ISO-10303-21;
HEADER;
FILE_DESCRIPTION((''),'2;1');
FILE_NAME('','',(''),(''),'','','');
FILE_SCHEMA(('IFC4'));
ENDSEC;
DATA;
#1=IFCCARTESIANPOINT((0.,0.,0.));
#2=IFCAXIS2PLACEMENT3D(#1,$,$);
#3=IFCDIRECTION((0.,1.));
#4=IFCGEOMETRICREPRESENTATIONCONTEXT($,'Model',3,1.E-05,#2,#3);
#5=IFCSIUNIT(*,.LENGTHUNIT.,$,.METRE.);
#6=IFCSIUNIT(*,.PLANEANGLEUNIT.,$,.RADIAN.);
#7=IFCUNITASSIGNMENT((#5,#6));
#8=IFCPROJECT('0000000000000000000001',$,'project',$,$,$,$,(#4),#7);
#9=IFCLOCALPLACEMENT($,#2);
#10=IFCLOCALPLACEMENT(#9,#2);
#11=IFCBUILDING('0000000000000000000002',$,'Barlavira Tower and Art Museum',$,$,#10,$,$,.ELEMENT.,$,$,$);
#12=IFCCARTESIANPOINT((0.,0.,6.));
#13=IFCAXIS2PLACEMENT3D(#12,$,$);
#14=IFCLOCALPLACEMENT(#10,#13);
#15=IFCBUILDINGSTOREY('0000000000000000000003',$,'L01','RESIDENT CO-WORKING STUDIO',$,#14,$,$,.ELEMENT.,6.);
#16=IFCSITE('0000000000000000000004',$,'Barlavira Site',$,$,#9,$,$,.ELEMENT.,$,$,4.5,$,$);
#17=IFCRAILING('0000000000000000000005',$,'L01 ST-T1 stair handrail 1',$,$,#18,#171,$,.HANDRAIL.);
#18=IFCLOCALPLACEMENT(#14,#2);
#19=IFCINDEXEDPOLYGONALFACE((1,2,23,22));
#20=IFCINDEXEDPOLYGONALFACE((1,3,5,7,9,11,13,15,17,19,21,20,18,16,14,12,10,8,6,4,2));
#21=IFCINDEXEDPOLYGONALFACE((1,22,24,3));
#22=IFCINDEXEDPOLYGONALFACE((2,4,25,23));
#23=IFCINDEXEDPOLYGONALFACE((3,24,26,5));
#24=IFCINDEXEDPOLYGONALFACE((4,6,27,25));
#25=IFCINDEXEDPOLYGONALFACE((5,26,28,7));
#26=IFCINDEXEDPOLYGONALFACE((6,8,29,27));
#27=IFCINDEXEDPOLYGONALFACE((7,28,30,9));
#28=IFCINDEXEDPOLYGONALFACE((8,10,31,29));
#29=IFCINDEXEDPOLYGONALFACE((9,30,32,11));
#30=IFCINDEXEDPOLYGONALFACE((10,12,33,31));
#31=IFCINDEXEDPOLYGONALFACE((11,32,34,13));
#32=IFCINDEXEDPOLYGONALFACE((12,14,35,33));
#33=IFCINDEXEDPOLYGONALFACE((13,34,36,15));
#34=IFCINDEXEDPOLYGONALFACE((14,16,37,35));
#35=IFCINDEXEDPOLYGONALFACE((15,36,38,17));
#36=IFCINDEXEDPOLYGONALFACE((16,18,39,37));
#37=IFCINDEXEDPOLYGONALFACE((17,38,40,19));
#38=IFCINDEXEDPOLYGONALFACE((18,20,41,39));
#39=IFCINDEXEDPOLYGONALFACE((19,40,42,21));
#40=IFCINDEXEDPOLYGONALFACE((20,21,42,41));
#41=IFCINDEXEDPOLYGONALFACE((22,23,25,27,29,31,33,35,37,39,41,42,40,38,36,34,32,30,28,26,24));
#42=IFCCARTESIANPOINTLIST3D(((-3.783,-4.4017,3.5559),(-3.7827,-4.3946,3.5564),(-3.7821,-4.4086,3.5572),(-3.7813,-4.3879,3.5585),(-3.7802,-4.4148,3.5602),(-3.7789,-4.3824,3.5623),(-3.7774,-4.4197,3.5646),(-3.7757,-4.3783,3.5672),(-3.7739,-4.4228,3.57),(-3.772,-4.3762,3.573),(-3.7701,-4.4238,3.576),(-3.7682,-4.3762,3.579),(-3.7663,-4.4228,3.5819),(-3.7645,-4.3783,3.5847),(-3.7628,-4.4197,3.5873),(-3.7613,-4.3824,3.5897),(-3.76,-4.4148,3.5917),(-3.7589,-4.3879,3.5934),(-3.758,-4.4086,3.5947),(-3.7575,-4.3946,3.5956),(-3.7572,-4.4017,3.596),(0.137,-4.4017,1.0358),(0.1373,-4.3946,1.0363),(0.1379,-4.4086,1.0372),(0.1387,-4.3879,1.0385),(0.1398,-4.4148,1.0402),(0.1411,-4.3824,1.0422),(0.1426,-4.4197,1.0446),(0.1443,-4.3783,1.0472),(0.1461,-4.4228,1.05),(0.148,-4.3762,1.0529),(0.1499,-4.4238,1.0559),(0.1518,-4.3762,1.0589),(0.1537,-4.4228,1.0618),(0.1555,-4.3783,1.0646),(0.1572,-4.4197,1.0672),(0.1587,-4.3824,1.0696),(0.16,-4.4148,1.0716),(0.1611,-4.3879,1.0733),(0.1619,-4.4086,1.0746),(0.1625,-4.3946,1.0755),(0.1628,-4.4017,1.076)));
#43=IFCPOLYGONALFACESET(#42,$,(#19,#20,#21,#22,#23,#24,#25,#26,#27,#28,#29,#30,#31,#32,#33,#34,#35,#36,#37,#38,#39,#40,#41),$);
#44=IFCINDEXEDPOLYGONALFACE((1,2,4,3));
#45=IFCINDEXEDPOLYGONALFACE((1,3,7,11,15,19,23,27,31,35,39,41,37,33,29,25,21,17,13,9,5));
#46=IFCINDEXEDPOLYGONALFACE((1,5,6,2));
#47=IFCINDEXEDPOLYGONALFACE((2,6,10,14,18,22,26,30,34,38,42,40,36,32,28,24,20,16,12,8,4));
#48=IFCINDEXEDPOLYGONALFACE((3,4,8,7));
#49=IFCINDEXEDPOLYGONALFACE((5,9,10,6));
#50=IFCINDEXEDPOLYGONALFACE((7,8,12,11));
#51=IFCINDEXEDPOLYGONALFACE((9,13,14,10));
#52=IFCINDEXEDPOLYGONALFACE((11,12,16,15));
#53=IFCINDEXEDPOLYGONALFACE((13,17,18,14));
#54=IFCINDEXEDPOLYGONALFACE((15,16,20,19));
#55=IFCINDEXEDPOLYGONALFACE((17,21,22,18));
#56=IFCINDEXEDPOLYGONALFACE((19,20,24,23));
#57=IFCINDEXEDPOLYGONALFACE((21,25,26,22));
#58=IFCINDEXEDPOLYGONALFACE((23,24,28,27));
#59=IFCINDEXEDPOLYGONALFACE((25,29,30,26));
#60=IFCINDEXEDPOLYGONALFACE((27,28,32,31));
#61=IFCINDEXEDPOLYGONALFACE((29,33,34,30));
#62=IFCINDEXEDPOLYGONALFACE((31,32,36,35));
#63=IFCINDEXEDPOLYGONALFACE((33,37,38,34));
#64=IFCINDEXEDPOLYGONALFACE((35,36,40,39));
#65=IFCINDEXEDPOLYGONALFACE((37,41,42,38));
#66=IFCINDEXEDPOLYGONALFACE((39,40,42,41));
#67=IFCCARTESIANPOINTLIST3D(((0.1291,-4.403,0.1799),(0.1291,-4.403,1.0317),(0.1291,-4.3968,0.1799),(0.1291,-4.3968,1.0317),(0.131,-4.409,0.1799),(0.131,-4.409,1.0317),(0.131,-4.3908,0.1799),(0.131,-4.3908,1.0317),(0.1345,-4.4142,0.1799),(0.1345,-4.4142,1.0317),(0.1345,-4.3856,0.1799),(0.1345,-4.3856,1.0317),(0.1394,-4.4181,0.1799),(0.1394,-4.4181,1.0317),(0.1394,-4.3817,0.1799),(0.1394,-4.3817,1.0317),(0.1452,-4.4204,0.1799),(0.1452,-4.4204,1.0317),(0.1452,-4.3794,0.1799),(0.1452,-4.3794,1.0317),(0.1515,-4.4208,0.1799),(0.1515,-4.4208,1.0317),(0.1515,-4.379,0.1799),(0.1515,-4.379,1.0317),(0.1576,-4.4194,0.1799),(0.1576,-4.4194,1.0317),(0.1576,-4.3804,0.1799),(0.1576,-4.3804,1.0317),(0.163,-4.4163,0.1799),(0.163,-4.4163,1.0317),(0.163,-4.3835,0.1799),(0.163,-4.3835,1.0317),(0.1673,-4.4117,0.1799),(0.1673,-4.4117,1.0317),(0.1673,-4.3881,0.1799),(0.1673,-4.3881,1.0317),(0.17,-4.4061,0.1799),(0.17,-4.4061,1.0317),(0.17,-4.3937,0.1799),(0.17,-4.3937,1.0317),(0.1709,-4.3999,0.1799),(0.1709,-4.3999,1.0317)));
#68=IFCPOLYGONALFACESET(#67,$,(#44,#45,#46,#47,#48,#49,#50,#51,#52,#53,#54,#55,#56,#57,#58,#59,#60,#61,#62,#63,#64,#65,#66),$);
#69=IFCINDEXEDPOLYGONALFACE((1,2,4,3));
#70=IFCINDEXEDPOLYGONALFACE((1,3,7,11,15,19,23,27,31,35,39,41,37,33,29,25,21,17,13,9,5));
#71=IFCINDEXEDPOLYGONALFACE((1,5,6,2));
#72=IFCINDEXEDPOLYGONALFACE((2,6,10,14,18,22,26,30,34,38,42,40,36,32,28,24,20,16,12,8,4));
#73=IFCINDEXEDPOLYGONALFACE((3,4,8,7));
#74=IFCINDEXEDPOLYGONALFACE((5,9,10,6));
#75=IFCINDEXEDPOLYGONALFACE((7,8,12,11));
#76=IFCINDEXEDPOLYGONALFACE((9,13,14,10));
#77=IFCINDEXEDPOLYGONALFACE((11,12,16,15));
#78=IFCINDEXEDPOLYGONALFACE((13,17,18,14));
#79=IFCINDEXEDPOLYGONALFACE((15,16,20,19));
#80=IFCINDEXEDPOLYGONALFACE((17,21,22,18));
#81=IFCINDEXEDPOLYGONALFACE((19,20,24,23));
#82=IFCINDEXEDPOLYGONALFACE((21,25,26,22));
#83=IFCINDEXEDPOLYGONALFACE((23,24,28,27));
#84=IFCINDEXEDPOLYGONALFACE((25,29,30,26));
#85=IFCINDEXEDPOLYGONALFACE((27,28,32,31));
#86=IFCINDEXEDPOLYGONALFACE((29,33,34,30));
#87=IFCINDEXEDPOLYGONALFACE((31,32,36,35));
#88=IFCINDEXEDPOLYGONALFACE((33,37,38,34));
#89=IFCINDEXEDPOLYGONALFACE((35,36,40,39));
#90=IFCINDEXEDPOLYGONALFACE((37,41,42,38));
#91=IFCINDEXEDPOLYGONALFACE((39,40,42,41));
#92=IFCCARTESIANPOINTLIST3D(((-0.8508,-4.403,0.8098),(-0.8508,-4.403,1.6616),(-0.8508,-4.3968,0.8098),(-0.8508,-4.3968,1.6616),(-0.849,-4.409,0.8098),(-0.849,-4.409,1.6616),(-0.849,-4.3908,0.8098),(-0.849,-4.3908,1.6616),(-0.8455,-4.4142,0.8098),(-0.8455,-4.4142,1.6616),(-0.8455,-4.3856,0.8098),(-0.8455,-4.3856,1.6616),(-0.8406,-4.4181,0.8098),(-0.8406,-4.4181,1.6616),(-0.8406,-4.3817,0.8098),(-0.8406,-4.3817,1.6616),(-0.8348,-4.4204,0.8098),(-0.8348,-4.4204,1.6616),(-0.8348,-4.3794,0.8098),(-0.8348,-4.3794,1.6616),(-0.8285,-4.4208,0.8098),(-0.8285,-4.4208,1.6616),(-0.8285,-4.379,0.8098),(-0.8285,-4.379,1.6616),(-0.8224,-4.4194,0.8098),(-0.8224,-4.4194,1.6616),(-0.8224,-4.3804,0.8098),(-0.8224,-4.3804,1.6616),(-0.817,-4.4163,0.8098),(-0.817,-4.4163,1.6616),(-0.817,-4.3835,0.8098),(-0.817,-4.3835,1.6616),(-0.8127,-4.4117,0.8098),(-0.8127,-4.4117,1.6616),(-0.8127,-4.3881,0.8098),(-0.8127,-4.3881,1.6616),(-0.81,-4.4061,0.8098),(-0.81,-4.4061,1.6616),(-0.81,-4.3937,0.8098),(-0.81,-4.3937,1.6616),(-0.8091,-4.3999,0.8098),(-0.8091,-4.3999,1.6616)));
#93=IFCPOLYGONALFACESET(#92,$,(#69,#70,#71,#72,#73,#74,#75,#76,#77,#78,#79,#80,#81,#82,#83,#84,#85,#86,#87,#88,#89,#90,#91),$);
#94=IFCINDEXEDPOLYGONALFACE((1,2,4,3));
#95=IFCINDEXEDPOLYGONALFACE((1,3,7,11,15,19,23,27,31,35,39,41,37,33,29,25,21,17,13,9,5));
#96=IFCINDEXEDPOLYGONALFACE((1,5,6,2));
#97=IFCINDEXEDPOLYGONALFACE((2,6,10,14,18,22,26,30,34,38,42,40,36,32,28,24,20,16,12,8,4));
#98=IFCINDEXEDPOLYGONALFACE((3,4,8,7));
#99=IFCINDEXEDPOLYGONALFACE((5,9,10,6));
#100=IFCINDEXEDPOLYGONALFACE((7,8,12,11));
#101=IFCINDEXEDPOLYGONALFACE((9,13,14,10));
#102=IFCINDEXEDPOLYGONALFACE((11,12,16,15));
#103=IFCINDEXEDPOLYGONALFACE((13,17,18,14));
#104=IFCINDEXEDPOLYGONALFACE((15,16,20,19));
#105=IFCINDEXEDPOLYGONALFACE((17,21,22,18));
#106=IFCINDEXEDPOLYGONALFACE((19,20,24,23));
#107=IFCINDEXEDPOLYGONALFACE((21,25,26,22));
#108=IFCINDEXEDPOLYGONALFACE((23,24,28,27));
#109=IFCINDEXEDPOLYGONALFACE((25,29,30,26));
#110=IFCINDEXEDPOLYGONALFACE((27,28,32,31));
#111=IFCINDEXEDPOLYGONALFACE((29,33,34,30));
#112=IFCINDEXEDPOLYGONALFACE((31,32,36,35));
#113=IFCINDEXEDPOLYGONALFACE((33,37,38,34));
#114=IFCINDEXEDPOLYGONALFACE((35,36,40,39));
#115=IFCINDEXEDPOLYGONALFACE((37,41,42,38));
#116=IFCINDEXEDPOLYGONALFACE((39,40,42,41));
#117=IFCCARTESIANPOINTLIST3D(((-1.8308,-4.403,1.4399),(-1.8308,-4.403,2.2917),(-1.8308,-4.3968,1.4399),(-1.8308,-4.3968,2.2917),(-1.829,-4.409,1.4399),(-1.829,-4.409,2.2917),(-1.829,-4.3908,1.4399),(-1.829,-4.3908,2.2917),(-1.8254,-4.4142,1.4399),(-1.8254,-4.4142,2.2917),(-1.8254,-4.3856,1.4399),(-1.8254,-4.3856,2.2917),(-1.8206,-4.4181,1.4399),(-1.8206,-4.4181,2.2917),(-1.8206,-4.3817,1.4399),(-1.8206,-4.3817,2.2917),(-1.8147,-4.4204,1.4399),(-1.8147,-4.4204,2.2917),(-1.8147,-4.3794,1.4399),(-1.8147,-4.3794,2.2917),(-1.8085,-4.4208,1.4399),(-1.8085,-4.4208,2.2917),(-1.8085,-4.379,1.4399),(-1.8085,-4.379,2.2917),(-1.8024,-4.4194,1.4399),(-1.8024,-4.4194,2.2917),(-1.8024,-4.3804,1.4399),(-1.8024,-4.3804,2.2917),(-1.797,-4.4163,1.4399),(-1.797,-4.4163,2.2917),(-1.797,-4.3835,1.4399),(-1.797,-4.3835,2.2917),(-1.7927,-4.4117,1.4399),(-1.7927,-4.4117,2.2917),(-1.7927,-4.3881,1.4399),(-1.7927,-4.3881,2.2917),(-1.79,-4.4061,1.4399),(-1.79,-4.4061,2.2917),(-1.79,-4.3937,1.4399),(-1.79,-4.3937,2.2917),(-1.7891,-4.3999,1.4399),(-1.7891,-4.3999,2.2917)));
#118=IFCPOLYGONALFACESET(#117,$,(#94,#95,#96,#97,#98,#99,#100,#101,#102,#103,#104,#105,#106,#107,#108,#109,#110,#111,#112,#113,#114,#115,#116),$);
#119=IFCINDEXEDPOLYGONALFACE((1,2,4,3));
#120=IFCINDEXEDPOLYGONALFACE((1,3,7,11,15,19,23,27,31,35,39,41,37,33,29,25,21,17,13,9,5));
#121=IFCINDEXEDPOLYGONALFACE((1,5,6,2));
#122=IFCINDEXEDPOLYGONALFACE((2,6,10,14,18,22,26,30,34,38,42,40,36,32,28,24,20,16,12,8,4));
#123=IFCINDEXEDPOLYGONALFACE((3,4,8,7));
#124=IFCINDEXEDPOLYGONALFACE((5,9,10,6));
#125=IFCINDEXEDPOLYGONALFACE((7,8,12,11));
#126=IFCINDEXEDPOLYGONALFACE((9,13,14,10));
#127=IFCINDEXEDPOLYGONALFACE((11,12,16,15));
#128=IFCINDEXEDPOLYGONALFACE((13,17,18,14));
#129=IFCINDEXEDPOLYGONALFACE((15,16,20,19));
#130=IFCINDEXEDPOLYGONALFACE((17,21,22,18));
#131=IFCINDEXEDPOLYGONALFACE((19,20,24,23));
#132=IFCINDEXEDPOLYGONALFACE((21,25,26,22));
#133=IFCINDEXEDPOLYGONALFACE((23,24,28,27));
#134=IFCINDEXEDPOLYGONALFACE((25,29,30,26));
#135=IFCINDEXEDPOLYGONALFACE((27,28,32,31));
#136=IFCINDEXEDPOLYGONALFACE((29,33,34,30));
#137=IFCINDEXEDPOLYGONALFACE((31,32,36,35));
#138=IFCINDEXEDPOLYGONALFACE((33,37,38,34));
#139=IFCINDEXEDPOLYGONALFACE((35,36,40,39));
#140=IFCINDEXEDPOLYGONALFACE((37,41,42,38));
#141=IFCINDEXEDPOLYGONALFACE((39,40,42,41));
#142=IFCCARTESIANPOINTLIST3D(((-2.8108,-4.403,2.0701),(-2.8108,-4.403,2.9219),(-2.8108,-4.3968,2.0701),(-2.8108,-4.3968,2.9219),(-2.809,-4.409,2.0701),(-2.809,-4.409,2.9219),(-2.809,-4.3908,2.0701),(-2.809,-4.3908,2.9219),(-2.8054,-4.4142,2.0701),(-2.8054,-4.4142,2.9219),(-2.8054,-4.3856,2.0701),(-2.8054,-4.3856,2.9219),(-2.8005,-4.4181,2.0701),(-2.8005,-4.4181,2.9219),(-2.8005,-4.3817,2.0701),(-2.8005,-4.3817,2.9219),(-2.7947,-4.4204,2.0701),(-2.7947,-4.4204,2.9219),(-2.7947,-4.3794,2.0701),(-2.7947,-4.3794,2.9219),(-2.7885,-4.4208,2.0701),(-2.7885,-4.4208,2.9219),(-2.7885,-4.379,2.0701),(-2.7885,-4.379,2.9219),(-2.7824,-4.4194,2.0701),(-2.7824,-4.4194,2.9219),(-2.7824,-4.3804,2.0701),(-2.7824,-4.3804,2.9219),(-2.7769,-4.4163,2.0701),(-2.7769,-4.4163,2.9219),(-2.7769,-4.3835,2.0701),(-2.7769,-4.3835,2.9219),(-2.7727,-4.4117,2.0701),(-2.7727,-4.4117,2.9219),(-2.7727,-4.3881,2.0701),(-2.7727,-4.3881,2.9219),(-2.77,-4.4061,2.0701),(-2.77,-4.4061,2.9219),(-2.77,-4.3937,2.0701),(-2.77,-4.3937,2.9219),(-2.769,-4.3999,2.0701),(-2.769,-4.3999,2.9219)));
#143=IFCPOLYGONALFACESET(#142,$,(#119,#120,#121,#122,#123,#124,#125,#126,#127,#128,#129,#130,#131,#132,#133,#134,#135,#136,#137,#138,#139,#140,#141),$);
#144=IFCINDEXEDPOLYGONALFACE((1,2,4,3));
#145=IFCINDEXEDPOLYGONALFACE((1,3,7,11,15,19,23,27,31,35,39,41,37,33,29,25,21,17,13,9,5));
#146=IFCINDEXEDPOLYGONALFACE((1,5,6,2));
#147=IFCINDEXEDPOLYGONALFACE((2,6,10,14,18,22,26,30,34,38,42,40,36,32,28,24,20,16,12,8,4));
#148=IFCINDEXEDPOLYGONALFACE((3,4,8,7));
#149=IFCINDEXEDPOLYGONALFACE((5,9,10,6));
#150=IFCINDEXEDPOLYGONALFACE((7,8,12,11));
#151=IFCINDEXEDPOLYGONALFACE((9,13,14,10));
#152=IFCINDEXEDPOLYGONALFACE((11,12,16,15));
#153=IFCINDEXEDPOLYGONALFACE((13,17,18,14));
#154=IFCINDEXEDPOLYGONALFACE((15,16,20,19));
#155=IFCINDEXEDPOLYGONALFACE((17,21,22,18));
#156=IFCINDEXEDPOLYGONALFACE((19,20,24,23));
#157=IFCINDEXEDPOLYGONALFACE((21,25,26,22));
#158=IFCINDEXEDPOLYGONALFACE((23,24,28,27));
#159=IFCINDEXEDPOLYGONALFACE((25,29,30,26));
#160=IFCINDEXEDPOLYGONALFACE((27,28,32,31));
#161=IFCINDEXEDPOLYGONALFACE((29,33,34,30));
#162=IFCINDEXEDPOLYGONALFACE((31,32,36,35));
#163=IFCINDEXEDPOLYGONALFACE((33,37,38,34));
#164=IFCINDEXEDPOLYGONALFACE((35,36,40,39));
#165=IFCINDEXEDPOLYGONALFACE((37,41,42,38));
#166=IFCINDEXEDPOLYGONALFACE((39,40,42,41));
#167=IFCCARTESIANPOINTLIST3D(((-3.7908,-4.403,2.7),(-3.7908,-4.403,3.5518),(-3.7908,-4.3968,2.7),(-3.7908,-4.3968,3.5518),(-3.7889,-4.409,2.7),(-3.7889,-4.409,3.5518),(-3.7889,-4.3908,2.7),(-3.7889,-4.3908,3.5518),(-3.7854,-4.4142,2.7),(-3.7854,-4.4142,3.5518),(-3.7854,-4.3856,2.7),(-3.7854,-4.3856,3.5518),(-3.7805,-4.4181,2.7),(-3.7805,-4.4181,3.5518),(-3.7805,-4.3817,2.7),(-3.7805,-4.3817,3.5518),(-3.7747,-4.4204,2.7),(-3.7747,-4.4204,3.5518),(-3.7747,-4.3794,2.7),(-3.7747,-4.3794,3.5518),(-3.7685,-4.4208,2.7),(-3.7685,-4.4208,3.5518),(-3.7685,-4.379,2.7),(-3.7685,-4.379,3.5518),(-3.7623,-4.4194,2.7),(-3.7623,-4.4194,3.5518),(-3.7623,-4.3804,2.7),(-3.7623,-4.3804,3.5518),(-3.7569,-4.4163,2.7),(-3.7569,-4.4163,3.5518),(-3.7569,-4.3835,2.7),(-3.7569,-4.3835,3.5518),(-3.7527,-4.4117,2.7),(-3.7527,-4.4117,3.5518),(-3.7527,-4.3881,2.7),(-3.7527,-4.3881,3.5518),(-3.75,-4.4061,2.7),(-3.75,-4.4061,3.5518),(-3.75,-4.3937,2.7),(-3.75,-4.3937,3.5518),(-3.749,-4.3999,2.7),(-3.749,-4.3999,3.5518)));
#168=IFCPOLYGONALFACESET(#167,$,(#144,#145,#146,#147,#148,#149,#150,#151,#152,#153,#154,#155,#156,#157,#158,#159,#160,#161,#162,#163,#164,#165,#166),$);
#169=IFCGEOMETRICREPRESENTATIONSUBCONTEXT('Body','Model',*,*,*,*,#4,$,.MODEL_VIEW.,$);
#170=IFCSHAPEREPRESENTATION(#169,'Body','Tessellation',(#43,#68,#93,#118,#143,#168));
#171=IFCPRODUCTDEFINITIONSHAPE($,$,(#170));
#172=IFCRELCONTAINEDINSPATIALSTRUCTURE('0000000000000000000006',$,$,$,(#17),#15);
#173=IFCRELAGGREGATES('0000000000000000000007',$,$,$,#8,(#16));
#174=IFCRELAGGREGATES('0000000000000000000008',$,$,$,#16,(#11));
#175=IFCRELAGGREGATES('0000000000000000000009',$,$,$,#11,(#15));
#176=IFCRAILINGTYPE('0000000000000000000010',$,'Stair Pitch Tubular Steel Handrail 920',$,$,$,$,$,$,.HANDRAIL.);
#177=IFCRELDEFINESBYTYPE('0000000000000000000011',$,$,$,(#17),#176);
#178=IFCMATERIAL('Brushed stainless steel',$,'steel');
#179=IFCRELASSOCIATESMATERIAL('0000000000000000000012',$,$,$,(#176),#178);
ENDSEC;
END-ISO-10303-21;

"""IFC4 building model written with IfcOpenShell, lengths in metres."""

from ifc_helpers import new_model, si_unit, direction, frame, origin, origin_2d, place, context, subcontext, project, spatial, circle, extrude, material, type_object, element, save


model = new_model("IFC4")

# Units and contexts
model_context = context("Model", 3, precision=1e-05, world=origin(), true_north=direction((0.0, 1.0)))
body_context = subcontext(model_context, "Body", "Model", "MODEL_VIEW")
ifc_project = project(units=[si_unit("LENGTHUNIT", "METRE"), si_unit("PLANEANGLEUNIT", "RADIAN")], contexts=[model_context])

# Site, building, storey
site_placement = place(None, origin())
site = spatial("IfcSite", under=ifc_project, at=site_placement, Name="Barlavira Site", CompositionType="ELEMENT", RefElevation=4.5)
building_placement = place(site_placement, origin())
building = spatial("IfcBuilding", under=site, at=building_placement, Name="Barlavira Tower and Art Museum", CompositionType="ELEMENT")
storey_placement = place(building_placement, frame((0.0, 0.0, 6.0)))
storey = spatial("IfcBuildingStorey", under=building, at=storey_placement, Name="L01", Description="RESIDENT CO-WORKING STUDIO", CompositionType="ELEMENT", Elevation=6.0)

# Shared definitions
ifc_material_1 = material(Name="Brushed stainless steel", Category="steel")

# Railing
railing_type_1 = type_object("IfcRailingType", Name="Stair Pitch Tubular Steel Handrail 920", PredefinedType="HANDRAIL", material=ifc_material_1)
railing_1_placement = place(storey_placement, frame((0.1499, -4.3999, 0.1799)))
element("IfcRailing", 1, at=railing_1_placement, inside=storey, type_object=railing_type_1, Name="L01 ST-T1 stair handrail 1", PredefinedType="HANDRAIL", context=body_context, shape_type="SweptSolid", body=[
    extrude(circle(Radius=0.0239, at=origin_2d()), frame((0.0, 0.0, 0.876), z_axis=(-0.841172, 0.0, 0.540768), x_axis=(0.0, -1.0, 0.0)), (0.0, 0.0, 1.0), 4.6602),
    extrude(circle(Radius=0.021, at=origin_2d()), origin(), (0.0, 0.0, 1.0), 0.8518),
    extrude(circle(Radius=0.021, at=origin_2d()), frame((-0.98, 0.0, 0.6299)), (0.0, 0.0, 1.0), 0.8518),
    extrude(circle(Radius=0.021, at=origin_2d()), frame((-1.96, 0.0, 1.26)), (0.0, 0.0, 1.0), 0.8518),
    extrude(circle(Radius=0.021, at=origin_2d()), frame((-2.9399, 0.0, 1.8901)), (0.0, 0.0, 1.0), 0.8518),
    extrude(circle(Radius=0.021, at=origin_2d()), frame((-3.9199, 0.0, 2.52)), (0.0, 0.0, 1.0), 0.8518),
])

save(model, "model.ifc")
